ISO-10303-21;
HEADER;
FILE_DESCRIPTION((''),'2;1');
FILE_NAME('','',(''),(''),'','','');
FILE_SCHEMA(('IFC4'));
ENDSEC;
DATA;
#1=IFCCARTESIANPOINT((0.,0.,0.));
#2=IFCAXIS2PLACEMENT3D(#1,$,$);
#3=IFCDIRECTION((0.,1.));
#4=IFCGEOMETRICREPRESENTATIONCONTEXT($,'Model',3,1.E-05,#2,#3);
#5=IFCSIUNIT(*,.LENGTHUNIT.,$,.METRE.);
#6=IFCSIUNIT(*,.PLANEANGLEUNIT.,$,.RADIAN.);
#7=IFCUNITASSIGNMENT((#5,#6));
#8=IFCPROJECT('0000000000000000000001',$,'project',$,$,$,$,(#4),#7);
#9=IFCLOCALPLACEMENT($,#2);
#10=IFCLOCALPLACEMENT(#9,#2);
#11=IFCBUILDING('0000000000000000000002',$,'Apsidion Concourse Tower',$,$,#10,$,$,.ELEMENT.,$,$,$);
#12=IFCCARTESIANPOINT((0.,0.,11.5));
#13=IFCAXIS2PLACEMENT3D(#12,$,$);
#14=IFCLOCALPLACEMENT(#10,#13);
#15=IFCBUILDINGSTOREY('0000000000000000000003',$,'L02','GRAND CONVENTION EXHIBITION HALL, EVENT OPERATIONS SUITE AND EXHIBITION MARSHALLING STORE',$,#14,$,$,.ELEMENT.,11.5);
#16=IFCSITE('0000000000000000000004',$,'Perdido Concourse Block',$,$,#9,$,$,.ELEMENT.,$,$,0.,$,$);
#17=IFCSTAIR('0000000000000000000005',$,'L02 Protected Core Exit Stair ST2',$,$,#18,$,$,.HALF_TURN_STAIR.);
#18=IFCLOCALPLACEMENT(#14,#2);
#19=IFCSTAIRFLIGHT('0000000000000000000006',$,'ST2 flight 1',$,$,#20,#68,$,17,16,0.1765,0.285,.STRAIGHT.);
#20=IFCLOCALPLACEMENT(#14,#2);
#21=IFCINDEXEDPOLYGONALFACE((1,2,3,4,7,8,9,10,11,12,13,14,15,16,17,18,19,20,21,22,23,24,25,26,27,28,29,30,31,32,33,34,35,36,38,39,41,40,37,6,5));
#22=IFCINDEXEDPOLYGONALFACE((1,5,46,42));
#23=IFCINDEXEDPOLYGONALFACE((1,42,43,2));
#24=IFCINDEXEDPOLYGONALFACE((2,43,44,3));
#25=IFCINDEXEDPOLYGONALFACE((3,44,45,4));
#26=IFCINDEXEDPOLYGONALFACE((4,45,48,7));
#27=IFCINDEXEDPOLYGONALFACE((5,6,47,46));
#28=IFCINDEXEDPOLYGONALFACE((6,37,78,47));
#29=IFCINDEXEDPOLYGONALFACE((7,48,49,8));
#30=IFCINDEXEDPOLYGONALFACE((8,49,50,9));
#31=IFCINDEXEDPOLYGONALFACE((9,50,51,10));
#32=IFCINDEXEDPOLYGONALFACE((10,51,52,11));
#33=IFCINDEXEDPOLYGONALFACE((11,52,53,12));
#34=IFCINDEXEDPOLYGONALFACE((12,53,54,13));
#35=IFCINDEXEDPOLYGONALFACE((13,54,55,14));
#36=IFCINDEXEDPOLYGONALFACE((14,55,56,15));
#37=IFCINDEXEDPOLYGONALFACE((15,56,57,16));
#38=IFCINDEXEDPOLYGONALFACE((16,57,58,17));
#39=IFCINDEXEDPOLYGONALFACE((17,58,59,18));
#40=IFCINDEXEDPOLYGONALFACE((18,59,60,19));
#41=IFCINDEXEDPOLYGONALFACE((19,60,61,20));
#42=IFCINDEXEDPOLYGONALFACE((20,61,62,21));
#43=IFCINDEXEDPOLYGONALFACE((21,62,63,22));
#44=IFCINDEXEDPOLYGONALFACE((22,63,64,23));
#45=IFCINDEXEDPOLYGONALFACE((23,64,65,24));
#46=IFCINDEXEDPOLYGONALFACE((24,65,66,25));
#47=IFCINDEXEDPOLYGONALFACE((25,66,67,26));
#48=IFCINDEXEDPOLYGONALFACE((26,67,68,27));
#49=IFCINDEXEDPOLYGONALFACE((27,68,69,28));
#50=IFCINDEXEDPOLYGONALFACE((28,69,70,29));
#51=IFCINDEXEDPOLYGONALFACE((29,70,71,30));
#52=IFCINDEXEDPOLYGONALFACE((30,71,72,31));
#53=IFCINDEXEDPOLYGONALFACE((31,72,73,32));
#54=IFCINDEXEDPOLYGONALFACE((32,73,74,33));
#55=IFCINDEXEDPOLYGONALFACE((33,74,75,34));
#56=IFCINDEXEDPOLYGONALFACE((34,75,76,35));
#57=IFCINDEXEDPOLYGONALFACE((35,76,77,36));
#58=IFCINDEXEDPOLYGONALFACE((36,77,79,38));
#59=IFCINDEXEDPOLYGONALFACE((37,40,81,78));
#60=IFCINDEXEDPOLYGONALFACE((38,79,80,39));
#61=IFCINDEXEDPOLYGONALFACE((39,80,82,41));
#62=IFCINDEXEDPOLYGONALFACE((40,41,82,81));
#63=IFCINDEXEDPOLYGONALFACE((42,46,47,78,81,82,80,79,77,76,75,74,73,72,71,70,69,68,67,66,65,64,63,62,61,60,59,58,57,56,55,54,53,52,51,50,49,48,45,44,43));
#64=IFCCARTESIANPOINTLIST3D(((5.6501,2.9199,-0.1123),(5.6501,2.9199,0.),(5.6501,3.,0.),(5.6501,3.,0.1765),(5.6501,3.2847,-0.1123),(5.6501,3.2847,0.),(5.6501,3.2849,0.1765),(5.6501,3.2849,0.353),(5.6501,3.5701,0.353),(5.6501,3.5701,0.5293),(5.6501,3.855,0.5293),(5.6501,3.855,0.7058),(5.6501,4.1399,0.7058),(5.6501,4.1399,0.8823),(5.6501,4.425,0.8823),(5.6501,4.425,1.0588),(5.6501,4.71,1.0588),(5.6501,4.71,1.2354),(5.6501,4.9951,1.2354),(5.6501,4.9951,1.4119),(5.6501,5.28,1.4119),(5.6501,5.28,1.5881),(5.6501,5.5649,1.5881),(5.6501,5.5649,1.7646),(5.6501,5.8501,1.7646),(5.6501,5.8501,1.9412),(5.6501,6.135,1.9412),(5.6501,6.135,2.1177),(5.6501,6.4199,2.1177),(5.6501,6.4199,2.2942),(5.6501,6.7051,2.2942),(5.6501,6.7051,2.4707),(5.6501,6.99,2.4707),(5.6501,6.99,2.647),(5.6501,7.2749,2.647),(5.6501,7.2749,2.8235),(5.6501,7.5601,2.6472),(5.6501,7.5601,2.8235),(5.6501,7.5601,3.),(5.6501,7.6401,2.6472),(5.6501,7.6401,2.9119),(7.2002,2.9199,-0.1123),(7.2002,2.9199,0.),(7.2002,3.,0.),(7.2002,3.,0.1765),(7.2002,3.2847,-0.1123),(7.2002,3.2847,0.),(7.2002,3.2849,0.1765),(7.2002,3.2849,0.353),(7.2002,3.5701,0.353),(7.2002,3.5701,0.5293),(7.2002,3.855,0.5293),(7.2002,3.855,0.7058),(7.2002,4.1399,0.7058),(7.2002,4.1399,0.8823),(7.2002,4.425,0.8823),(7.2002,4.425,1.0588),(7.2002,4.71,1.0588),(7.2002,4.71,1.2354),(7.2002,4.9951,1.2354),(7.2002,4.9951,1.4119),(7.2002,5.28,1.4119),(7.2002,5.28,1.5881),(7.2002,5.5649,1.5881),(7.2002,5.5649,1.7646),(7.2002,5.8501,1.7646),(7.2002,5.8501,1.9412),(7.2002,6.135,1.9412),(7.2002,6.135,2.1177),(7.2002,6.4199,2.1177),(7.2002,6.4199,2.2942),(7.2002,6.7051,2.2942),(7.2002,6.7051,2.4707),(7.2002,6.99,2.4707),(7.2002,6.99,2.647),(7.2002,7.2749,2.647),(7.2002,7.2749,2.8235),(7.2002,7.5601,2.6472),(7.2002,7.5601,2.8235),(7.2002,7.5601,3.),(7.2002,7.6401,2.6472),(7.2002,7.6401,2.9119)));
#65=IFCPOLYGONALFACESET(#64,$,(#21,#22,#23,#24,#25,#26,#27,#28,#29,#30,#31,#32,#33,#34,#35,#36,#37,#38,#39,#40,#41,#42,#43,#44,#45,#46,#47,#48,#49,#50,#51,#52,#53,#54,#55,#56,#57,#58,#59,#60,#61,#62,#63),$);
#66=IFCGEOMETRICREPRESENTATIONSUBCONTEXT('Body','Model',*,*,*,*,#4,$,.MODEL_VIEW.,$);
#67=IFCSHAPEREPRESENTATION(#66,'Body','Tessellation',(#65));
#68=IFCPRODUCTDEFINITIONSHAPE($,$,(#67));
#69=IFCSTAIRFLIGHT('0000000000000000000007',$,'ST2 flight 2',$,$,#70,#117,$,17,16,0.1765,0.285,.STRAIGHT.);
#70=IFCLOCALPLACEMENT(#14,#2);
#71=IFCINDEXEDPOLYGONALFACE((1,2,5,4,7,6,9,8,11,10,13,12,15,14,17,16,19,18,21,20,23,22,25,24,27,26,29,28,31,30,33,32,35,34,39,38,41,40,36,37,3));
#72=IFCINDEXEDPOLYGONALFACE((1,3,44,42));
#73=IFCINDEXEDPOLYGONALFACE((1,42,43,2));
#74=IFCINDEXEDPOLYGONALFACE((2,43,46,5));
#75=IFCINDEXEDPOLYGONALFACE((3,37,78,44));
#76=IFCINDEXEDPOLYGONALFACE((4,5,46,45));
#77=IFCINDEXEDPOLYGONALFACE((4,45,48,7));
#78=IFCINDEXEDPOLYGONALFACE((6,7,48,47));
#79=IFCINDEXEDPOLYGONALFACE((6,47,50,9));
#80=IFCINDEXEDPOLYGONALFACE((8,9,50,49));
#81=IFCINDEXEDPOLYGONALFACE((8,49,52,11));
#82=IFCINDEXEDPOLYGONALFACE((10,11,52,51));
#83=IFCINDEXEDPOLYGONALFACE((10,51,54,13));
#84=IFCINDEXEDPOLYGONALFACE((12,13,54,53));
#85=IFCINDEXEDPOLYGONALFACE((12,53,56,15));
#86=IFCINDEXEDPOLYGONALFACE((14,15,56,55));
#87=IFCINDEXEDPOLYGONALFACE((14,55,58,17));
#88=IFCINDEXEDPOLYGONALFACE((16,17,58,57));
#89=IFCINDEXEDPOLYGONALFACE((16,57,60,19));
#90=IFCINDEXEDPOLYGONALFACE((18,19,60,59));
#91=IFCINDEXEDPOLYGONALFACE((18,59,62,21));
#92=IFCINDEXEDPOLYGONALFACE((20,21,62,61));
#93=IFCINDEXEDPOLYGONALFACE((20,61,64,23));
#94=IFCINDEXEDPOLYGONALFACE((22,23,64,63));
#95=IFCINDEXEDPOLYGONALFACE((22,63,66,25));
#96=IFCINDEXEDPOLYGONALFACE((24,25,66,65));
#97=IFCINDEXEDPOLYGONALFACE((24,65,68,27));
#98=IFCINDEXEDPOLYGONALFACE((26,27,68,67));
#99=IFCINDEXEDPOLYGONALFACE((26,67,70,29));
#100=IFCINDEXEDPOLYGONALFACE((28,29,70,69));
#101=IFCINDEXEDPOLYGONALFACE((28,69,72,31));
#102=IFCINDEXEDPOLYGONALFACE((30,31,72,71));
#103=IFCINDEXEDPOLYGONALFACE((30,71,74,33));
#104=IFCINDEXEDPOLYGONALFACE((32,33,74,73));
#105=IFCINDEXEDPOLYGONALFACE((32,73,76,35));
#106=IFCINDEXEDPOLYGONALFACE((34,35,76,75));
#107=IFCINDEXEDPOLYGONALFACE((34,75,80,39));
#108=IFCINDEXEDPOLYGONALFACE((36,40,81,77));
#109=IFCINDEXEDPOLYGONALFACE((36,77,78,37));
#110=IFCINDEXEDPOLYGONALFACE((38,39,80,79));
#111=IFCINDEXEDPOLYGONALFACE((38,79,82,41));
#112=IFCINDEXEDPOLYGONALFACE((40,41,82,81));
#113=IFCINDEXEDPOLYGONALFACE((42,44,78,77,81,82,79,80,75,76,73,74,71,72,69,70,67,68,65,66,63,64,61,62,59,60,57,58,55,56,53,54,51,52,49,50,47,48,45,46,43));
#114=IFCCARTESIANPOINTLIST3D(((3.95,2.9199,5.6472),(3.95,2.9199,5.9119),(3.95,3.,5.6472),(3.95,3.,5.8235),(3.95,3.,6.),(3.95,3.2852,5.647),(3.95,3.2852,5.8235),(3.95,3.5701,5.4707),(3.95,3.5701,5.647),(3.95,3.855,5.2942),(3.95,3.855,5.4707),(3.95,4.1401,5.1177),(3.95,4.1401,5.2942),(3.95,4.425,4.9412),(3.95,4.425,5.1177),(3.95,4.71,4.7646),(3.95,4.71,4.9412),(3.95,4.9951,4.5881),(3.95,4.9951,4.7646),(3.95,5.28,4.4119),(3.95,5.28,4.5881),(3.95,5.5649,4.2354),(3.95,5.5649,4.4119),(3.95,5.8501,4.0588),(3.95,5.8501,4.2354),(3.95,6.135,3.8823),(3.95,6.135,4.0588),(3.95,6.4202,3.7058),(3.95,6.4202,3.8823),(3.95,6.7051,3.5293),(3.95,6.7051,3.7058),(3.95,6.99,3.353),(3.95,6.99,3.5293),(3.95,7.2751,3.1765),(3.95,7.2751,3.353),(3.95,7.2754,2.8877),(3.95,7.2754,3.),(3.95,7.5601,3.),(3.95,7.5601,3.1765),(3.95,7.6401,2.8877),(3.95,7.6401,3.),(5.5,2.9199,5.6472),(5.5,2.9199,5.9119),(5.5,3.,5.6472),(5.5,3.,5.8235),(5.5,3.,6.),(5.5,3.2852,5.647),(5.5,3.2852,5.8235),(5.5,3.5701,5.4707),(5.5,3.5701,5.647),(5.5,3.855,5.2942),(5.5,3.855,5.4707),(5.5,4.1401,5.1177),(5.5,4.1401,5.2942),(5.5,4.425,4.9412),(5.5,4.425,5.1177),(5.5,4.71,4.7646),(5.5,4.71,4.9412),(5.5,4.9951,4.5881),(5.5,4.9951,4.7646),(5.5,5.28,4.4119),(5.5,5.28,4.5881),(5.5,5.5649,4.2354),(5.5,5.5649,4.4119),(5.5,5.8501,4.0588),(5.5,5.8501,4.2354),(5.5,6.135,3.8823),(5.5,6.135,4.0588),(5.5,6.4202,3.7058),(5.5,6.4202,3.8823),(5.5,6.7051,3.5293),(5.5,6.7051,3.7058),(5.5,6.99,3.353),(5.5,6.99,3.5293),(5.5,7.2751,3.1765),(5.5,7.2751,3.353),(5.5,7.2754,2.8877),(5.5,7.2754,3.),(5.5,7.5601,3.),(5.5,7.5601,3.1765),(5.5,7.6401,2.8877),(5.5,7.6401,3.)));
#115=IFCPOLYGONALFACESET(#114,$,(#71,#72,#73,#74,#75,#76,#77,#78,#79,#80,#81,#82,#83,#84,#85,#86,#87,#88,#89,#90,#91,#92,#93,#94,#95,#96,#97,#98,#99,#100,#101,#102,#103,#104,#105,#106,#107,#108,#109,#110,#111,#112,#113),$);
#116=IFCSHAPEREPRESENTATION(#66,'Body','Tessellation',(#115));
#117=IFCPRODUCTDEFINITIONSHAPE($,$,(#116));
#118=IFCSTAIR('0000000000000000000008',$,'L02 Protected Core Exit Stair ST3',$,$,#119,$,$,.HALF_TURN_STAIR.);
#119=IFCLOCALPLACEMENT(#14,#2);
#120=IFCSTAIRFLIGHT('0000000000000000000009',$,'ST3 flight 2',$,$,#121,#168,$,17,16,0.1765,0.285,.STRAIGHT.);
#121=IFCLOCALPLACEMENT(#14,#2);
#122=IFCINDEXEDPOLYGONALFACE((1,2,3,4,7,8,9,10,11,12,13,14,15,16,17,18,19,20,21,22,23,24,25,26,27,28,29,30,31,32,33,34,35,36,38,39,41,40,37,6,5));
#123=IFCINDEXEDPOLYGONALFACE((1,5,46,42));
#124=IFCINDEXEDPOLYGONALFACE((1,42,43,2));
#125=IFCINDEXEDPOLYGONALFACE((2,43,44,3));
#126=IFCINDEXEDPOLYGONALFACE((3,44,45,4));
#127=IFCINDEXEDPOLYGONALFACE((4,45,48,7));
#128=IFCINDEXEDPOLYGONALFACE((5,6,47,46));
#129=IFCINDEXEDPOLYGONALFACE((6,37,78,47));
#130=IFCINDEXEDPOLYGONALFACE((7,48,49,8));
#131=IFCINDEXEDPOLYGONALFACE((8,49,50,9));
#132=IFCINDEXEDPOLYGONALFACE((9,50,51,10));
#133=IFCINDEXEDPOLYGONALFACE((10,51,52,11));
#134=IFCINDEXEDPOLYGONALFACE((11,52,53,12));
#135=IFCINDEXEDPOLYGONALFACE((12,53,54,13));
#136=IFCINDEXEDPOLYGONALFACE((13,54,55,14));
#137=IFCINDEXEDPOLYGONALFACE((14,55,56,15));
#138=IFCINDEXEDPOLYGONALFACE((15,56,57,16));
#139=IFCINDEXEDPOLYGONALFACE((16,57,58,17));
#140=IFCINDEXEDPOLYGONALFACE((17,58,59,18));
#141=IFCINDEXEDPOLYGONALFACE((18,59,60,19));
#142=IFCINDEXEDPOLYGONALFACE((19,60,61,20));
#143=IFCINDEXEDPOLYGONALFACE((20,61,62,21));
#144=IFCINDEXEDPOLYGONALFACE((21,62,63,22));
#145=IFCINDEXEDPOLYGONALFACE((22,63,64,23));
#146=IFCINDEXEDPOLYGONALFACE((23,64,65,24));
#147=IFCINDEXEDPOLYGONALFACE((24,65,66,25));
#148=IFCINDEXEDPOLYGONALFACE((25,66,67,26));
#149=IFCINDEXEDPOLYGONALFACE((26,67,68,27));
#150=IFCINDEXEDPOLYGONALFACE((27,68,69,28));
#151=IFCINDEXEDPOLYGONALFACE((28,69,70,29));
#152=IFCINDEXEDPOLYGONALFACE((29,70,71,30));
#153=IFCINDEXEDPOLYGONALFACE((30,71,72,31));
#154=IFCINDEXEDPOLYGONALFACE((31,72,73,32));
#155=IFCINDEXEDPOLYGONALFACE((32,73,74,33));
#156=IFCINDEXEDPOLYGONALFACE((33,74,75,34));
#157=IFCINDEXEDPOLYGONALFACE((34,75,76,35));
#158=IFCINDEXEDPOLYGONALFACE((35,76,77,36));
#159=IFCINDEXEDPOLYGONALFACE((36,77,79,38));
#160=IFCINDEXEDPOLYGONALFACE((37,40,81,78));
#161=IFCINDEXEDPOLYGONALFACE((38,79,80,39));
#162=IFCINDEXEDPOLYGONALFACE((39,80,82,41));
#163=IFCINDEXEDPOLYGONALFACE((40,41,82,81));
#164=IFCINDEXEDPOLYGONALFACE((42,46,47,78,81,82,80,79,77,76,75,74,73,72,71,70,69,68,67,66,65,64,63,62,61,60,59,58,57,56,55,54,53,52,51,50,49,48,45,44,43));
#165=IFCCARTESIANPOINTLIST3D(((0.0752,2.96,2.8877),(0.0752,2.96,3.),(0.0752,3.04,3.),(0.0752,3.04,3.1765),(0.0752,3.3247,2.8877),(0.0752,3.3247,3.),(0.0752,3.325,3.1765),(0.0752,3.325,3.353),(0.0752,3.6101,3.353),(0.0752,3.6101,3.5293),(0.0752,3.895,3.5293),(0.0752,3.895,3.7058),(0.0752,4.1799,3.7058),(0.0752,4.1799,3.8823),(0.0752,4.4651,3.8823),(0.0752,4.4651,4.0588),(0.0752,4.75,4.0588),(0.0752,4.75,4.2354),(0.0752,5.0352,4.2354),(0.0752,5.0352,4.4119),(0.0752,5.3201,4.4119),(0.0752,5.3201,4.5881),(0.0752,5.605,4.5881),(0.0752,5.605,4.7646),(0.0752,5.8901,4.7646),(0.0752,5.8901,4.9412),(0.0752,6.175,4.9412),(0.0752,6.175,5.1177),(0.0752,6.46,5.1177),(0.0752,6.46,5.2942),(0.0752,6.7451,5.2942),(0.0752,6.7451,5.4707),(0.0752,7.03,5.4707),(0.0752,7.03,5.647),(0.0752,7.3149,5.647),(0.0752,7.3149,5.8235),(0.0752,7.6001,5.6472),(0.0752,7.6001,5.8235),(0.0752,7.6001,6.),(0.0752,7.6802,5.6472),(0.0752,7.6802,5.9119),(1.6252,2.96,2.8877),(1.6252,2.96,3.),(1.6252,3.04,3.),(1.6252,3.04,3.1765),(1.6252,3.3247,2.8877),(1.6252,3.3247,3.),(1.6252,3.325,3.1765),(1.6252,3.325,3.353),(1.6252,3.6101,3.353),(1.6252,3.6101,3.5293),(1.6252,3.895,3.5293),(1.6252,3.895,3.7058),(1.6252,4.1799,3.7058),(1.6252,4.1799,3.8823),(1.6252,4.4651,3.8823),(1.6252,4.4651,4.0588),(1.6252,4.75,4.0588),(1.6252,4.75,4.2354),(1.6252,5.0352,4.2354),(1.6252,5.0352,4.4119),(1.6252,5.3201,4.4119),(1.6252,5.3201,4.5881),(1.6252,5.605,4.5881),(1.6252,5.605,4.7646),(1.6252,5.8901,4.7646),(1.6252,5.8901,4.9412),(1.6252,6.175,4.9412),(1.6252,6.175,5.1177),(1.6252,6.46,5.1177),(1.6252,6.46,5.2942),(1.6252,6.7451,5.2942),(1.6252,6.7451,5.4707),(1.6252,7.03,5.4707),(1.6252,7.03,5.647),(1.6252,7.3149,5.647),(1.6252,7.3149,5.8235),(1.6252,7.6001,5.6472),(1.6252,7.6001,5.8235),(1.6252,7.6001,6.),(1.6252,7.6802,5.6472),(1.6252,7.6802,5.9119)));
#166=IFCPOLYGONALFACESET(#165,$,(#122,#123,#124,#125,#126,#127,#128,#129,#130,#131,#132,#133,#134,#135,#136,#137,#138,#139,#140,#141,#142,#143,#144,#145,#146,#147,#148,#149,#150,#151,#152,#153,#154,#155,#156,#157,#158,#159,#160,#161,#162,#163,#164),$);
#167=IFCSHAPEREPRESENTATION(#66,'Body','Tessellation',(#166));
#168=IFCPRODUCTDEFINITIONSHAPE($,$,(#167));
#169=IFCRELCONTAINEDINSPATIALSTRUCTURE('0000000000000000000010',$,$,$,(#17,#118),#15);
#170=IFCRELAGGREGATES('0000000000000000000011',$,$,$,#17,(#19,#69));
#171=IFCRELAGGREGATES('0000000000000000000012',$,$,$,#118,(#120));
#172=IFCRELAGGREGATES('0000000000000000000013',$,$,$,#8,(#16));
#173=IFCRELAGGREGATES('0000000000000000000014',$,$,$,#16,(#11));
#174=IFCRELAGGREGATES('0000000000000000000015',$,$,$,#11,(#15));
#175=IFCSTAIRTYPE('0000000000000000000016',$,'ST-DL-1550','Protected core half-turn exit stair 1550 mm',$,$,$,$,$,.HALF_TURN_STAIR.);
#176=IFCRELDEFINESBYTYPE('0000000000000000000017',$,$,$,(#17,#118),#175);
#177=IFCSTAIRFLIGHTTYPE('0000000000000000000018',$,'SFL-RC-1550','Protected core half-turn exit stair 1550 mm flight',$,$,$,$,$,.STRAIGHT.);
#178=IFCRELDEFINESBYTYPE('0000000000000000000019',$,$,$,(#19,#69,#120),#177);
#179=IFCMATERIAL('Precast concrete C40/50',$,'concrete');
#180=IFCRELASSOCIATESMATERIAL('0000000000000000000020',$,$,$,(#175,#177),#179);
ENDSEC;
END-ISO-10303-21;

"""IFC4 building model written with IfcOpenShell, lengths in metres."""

from ifc_helpers import new_model, si_unit, direction, frame, origin, place, context, subcontext, project, spatial, polyline, outline, extrude, material, type_object, element, aggregate, save


model = new_model("IFC4")

# Units and contexts
model_context = context("Model", 3, precision=1e-05, world=origin(), true_north=direction((0.0, 1.0)))
body_context = subcontext(model_context, "Body", "Model", "MODEL_VIEW")
ifc_project = project(units=[si_unit("LENGTHUNIT", "METRE"), si_unit("PLANEANGLEUNIT", "RADIAN")], contexts=[model_context])

# Site, building, storey
site_placement = place(None, origin())
site = spatial("IfcSite", under=ifc_project, at=site_placement, Name="Perdido Concourse Block", CompositionType="ELEMENT", RefElevation=0.0)
building_placement = place(site_placement, origin())
building = spatial("IfcBuilding", under=site, at=building_placement, Name="Apsidion Concourse Tower", CompositionType="ELEMENT")
storey_placement = place(building_placement, frame((0.0, 0.0, 11.5)))
storey = spatial("IfcBuildingStorey", under=building, at=storey_placement, Name="L02", Description="GRAND CONVENTION EXHIBITION HALL, EVENT OPERATIONS SUITE AND EXHIBITION MARSHALLING STORE", CompositionType="ELEMENT", Elevation=11.5)

# Stair, stair flights
ifc_material_1 = material(Name="Precast concrete C40/50", Category="concrete")
stair_type = type_object("IfcStairType", Name="ST-DL-1550", Description="Protected core half-turn exit stair 1550 mm", PredefinedType="HALF_TURN_STAIR", material=ifc_material_1)
stair_1_placement = place(storey_placement, origin())
stair_1 = element("IfcStair", 1, at=stair_1_placement, inside=storey, type_object=stair_type, Name="L02 Protected Core Exit Stair ST2", PredefinedType="HALF_TURN_STAIR")
stair_flight_type = type_object("IfcStairFlightType", Name="SFL-RC-1550", Description="Protected core half-turn exit stair 1550 mm flight", PredefinedType="STRAIGHT", material=ifc_material_1)
stair_flight_1_placement = place(storey_placement, frame((6.425, 3.0, 0.0), z_axis=(0.0, 0.0, 1.0), x_axis=(0.0, 1.0, 0.0)))
stair_flight_1 = element("IfcStairFlight", 2, at=stair_flight_1_placement, type_object=stair_flight_type, Name="ST2 flight 1", NumberOfRisers=17, NumberOfTreads=16, PredefinedType="STRAIGHT", RiserHeight=0.1765, TreadLength=0.285, context=body_context, shape_type="SweptSolid", body=[
    extrude(outline(polyline([(-0.0801, -0.1123), (-0.0801, 0.0), (0.0, 0.0), (0.0, 0.1765), (0.2849, 0.1765), (0.2849, 0.353), (0.5701, 0.353), (0.5701, 0.5293), (0.855, 0.5293), (0.855, 0.7058), (1.1399, 0.7058), (1.1399, 0.8823), (1.425, 0.8823), (1.425, 1.0588), (1.71, 1.0588), (1.71, 1.2354), (1.9951, 1.2354), (1.9951, 1.4119), (2.28, 1.4119), (2.28, 1.5881), (2.5649, 1.5881), (2.5649, 1.7646), (2.8501, 1.7646), (2.8501, 1.9412), (3.135, 1.9412), (3.135, 2.1177), (3.4199, 2.1177), (3.4199, 2.2942), (3.7051, 2.2942), (3.7051, 2.4707), (3.99, 2.4707), (3.99, 2.647), (4.2749, 2.647), (4.2749, 2.8235), (4.5601, 2.8235), (4.5601, 3.0), (4.6401, 2.9119), (4.6401, 2.6472), (4.5601, 2.6472), (0.2847, 0.0), (0.2847, -0.1123), (-0.0801, -0.1123)])), frame((0.0, 0.7749, 0.0), z_axis=(0.0, -1.0, 0.0), x_axis=(1.0, 0.0, 0.0)), (0.0, 0.0, 1.0), 1.55),
])
stair_flight_2_placement = place(storey_placement, frame((4.7251, 7.5601, 3.0), z_axis=(0.0, 0.0, 1.0), x_axis=(0.0, -1.0, 0.0)))
stair_flight_2 = element("IfcStairFlight", 3, at=stair_flight_2_placement, type_object=stair_flight_type, Name="ST2 flight 2", NumberOfRisers=17, NumberOfTreads=16, PredefinedType="STRAIGHT", RiserHeight=0.1765, TreadLength=0.285, context=body_context, shape_type="SweptSolid", body=[
    extrude(outline(polyline([(-0.0801, -0.1123), (-0.0801, 0.0), (0.0, 0.0), (0.0, 0.1765), (0.2849, 0.1765), (0.2849, 0.353), (0.5701, 0.353), (0.5701, 0.5293), (0.855, 0.5293), (0.855, 0.7058), (1.1399, 0.7058), (1.1399, 0.8823), (1.425, 0.8823), (1.425, 1.0588), (1.71, 1.0588), (1.71, 1.2354), (1.9951, 1.2354), (1.9951, 1.4119), (2.28, 1.4119), (2.28, 1.5881), (2.5649, 1.5881), (2.5649, 1.7646), (2.8501, 1.7646), (2.8501, 1.9412), (3.135, 1.9412), (3.135, 2.1177), (3.4199, 2.1177), (3.4199, 2.2942), (3.7051, 2.2942), (3.7051, 2.4707), (3.99, 2.4707), (3.99, 2.647), (4.2749, 2.647), (4.2749, 2.8235), (4.5601, 2.8235), (4.5601, 3.0), (4.6401, 2.9119), (4.6401, 2.6472), (4.5601, 2.6472), (0.2847, 0.0), (0.2847, -0.1123), (-0.0801, -0.1123)])), frame((0.0, 0.7749, 0.0), z_axis=(0.0, -1.0, 0.0), x_axis=(1.0, 0.0, 0.0)), (0.0, 0.0, 1.0), 1.55),
])
aggregate(stair_1, [stair_flight_1, stair_flight_2])

# Stair, stair flight
stair_2_placement = place(storey_placement, origin())
stair_2 = element("IfcStair", 4, at=stair_2_placement, inside=storey, type_object=stair_type, Name="L02 Protected Core Exit Stair ST3", PredefinedType="HALF_TURN_STAIR")
stair_flight_3_placement = place(storey_placement, frame((0.8501, 3.04, 3.0), z_axis=(0.0, 0.0, 1.0), x_axis=(0.0, 1.0, 0.0)))
stair_flight_3 = element("IfcStairFlight", 5, at=stair_flight_3_placement, type_object=stair_flight_type, Name="ST3 flight 2", NumberOfRisers=17, NumberOfTreads=16, PredefinedType="STRAIGHT", RiserHeight=0.1765, TreadLength=0.285, context=body_context, shape_type="SweptSolid", body=[
    extrude(outline(polyline([(-0.0801, -0.1123), (-0.0801, 0.0), (0.0, 0.0), (0.0, 0.1765), (0.2849, 0.1765), (0.2849, 0.353), (0.5701, 0.353), (0.5701, 0.5293), (0.855, 0.5293), (0.855, 0.7058), (1.1399, 0.7058), (1.1399, 0.8823), (1.425, 0.8823), (1.425, 1.0588), (1.71, 1.0588), (1.71, 1.2354), (1.9951, 1.2354), (1.9951, 1.4119), (2.28, 1.4119), (2.28, 1.5881), (2.5649, 1.5881), (2.5649, 1.7646), (2.8501, 1.7646), (2.8501, 1.9412), (3.135, 1.9412), (3.135, 2.1177), (3.4199, 2.1177), (3.4199, 2.2942), (3.7051, 2.2942), (3.7051, 2.4707), (3.99, 2.4707), (3.99, 2.647), (4.2749, 2.647), (4.2749, 2.8235), (4.5601, 2.8235), (4.5601, 3.0), (4.6401, 2.9119), (4.6401, 2.6472), (4.5601, 2.6472), (0.2847, 0.0), (0.2847, -0.1123), (-0.0801, -0.1123)])), frame((0.0, 0.7749, 0.0), z_axis=(0.0, -1.0, 0.0), x_axis=(1.0, 0.0, 0.0)), (0.0, 0.0, 1.0), 1.55),
])
aggregate(stair_2, [stair_flight_3])

save(model, "model.ifc")
